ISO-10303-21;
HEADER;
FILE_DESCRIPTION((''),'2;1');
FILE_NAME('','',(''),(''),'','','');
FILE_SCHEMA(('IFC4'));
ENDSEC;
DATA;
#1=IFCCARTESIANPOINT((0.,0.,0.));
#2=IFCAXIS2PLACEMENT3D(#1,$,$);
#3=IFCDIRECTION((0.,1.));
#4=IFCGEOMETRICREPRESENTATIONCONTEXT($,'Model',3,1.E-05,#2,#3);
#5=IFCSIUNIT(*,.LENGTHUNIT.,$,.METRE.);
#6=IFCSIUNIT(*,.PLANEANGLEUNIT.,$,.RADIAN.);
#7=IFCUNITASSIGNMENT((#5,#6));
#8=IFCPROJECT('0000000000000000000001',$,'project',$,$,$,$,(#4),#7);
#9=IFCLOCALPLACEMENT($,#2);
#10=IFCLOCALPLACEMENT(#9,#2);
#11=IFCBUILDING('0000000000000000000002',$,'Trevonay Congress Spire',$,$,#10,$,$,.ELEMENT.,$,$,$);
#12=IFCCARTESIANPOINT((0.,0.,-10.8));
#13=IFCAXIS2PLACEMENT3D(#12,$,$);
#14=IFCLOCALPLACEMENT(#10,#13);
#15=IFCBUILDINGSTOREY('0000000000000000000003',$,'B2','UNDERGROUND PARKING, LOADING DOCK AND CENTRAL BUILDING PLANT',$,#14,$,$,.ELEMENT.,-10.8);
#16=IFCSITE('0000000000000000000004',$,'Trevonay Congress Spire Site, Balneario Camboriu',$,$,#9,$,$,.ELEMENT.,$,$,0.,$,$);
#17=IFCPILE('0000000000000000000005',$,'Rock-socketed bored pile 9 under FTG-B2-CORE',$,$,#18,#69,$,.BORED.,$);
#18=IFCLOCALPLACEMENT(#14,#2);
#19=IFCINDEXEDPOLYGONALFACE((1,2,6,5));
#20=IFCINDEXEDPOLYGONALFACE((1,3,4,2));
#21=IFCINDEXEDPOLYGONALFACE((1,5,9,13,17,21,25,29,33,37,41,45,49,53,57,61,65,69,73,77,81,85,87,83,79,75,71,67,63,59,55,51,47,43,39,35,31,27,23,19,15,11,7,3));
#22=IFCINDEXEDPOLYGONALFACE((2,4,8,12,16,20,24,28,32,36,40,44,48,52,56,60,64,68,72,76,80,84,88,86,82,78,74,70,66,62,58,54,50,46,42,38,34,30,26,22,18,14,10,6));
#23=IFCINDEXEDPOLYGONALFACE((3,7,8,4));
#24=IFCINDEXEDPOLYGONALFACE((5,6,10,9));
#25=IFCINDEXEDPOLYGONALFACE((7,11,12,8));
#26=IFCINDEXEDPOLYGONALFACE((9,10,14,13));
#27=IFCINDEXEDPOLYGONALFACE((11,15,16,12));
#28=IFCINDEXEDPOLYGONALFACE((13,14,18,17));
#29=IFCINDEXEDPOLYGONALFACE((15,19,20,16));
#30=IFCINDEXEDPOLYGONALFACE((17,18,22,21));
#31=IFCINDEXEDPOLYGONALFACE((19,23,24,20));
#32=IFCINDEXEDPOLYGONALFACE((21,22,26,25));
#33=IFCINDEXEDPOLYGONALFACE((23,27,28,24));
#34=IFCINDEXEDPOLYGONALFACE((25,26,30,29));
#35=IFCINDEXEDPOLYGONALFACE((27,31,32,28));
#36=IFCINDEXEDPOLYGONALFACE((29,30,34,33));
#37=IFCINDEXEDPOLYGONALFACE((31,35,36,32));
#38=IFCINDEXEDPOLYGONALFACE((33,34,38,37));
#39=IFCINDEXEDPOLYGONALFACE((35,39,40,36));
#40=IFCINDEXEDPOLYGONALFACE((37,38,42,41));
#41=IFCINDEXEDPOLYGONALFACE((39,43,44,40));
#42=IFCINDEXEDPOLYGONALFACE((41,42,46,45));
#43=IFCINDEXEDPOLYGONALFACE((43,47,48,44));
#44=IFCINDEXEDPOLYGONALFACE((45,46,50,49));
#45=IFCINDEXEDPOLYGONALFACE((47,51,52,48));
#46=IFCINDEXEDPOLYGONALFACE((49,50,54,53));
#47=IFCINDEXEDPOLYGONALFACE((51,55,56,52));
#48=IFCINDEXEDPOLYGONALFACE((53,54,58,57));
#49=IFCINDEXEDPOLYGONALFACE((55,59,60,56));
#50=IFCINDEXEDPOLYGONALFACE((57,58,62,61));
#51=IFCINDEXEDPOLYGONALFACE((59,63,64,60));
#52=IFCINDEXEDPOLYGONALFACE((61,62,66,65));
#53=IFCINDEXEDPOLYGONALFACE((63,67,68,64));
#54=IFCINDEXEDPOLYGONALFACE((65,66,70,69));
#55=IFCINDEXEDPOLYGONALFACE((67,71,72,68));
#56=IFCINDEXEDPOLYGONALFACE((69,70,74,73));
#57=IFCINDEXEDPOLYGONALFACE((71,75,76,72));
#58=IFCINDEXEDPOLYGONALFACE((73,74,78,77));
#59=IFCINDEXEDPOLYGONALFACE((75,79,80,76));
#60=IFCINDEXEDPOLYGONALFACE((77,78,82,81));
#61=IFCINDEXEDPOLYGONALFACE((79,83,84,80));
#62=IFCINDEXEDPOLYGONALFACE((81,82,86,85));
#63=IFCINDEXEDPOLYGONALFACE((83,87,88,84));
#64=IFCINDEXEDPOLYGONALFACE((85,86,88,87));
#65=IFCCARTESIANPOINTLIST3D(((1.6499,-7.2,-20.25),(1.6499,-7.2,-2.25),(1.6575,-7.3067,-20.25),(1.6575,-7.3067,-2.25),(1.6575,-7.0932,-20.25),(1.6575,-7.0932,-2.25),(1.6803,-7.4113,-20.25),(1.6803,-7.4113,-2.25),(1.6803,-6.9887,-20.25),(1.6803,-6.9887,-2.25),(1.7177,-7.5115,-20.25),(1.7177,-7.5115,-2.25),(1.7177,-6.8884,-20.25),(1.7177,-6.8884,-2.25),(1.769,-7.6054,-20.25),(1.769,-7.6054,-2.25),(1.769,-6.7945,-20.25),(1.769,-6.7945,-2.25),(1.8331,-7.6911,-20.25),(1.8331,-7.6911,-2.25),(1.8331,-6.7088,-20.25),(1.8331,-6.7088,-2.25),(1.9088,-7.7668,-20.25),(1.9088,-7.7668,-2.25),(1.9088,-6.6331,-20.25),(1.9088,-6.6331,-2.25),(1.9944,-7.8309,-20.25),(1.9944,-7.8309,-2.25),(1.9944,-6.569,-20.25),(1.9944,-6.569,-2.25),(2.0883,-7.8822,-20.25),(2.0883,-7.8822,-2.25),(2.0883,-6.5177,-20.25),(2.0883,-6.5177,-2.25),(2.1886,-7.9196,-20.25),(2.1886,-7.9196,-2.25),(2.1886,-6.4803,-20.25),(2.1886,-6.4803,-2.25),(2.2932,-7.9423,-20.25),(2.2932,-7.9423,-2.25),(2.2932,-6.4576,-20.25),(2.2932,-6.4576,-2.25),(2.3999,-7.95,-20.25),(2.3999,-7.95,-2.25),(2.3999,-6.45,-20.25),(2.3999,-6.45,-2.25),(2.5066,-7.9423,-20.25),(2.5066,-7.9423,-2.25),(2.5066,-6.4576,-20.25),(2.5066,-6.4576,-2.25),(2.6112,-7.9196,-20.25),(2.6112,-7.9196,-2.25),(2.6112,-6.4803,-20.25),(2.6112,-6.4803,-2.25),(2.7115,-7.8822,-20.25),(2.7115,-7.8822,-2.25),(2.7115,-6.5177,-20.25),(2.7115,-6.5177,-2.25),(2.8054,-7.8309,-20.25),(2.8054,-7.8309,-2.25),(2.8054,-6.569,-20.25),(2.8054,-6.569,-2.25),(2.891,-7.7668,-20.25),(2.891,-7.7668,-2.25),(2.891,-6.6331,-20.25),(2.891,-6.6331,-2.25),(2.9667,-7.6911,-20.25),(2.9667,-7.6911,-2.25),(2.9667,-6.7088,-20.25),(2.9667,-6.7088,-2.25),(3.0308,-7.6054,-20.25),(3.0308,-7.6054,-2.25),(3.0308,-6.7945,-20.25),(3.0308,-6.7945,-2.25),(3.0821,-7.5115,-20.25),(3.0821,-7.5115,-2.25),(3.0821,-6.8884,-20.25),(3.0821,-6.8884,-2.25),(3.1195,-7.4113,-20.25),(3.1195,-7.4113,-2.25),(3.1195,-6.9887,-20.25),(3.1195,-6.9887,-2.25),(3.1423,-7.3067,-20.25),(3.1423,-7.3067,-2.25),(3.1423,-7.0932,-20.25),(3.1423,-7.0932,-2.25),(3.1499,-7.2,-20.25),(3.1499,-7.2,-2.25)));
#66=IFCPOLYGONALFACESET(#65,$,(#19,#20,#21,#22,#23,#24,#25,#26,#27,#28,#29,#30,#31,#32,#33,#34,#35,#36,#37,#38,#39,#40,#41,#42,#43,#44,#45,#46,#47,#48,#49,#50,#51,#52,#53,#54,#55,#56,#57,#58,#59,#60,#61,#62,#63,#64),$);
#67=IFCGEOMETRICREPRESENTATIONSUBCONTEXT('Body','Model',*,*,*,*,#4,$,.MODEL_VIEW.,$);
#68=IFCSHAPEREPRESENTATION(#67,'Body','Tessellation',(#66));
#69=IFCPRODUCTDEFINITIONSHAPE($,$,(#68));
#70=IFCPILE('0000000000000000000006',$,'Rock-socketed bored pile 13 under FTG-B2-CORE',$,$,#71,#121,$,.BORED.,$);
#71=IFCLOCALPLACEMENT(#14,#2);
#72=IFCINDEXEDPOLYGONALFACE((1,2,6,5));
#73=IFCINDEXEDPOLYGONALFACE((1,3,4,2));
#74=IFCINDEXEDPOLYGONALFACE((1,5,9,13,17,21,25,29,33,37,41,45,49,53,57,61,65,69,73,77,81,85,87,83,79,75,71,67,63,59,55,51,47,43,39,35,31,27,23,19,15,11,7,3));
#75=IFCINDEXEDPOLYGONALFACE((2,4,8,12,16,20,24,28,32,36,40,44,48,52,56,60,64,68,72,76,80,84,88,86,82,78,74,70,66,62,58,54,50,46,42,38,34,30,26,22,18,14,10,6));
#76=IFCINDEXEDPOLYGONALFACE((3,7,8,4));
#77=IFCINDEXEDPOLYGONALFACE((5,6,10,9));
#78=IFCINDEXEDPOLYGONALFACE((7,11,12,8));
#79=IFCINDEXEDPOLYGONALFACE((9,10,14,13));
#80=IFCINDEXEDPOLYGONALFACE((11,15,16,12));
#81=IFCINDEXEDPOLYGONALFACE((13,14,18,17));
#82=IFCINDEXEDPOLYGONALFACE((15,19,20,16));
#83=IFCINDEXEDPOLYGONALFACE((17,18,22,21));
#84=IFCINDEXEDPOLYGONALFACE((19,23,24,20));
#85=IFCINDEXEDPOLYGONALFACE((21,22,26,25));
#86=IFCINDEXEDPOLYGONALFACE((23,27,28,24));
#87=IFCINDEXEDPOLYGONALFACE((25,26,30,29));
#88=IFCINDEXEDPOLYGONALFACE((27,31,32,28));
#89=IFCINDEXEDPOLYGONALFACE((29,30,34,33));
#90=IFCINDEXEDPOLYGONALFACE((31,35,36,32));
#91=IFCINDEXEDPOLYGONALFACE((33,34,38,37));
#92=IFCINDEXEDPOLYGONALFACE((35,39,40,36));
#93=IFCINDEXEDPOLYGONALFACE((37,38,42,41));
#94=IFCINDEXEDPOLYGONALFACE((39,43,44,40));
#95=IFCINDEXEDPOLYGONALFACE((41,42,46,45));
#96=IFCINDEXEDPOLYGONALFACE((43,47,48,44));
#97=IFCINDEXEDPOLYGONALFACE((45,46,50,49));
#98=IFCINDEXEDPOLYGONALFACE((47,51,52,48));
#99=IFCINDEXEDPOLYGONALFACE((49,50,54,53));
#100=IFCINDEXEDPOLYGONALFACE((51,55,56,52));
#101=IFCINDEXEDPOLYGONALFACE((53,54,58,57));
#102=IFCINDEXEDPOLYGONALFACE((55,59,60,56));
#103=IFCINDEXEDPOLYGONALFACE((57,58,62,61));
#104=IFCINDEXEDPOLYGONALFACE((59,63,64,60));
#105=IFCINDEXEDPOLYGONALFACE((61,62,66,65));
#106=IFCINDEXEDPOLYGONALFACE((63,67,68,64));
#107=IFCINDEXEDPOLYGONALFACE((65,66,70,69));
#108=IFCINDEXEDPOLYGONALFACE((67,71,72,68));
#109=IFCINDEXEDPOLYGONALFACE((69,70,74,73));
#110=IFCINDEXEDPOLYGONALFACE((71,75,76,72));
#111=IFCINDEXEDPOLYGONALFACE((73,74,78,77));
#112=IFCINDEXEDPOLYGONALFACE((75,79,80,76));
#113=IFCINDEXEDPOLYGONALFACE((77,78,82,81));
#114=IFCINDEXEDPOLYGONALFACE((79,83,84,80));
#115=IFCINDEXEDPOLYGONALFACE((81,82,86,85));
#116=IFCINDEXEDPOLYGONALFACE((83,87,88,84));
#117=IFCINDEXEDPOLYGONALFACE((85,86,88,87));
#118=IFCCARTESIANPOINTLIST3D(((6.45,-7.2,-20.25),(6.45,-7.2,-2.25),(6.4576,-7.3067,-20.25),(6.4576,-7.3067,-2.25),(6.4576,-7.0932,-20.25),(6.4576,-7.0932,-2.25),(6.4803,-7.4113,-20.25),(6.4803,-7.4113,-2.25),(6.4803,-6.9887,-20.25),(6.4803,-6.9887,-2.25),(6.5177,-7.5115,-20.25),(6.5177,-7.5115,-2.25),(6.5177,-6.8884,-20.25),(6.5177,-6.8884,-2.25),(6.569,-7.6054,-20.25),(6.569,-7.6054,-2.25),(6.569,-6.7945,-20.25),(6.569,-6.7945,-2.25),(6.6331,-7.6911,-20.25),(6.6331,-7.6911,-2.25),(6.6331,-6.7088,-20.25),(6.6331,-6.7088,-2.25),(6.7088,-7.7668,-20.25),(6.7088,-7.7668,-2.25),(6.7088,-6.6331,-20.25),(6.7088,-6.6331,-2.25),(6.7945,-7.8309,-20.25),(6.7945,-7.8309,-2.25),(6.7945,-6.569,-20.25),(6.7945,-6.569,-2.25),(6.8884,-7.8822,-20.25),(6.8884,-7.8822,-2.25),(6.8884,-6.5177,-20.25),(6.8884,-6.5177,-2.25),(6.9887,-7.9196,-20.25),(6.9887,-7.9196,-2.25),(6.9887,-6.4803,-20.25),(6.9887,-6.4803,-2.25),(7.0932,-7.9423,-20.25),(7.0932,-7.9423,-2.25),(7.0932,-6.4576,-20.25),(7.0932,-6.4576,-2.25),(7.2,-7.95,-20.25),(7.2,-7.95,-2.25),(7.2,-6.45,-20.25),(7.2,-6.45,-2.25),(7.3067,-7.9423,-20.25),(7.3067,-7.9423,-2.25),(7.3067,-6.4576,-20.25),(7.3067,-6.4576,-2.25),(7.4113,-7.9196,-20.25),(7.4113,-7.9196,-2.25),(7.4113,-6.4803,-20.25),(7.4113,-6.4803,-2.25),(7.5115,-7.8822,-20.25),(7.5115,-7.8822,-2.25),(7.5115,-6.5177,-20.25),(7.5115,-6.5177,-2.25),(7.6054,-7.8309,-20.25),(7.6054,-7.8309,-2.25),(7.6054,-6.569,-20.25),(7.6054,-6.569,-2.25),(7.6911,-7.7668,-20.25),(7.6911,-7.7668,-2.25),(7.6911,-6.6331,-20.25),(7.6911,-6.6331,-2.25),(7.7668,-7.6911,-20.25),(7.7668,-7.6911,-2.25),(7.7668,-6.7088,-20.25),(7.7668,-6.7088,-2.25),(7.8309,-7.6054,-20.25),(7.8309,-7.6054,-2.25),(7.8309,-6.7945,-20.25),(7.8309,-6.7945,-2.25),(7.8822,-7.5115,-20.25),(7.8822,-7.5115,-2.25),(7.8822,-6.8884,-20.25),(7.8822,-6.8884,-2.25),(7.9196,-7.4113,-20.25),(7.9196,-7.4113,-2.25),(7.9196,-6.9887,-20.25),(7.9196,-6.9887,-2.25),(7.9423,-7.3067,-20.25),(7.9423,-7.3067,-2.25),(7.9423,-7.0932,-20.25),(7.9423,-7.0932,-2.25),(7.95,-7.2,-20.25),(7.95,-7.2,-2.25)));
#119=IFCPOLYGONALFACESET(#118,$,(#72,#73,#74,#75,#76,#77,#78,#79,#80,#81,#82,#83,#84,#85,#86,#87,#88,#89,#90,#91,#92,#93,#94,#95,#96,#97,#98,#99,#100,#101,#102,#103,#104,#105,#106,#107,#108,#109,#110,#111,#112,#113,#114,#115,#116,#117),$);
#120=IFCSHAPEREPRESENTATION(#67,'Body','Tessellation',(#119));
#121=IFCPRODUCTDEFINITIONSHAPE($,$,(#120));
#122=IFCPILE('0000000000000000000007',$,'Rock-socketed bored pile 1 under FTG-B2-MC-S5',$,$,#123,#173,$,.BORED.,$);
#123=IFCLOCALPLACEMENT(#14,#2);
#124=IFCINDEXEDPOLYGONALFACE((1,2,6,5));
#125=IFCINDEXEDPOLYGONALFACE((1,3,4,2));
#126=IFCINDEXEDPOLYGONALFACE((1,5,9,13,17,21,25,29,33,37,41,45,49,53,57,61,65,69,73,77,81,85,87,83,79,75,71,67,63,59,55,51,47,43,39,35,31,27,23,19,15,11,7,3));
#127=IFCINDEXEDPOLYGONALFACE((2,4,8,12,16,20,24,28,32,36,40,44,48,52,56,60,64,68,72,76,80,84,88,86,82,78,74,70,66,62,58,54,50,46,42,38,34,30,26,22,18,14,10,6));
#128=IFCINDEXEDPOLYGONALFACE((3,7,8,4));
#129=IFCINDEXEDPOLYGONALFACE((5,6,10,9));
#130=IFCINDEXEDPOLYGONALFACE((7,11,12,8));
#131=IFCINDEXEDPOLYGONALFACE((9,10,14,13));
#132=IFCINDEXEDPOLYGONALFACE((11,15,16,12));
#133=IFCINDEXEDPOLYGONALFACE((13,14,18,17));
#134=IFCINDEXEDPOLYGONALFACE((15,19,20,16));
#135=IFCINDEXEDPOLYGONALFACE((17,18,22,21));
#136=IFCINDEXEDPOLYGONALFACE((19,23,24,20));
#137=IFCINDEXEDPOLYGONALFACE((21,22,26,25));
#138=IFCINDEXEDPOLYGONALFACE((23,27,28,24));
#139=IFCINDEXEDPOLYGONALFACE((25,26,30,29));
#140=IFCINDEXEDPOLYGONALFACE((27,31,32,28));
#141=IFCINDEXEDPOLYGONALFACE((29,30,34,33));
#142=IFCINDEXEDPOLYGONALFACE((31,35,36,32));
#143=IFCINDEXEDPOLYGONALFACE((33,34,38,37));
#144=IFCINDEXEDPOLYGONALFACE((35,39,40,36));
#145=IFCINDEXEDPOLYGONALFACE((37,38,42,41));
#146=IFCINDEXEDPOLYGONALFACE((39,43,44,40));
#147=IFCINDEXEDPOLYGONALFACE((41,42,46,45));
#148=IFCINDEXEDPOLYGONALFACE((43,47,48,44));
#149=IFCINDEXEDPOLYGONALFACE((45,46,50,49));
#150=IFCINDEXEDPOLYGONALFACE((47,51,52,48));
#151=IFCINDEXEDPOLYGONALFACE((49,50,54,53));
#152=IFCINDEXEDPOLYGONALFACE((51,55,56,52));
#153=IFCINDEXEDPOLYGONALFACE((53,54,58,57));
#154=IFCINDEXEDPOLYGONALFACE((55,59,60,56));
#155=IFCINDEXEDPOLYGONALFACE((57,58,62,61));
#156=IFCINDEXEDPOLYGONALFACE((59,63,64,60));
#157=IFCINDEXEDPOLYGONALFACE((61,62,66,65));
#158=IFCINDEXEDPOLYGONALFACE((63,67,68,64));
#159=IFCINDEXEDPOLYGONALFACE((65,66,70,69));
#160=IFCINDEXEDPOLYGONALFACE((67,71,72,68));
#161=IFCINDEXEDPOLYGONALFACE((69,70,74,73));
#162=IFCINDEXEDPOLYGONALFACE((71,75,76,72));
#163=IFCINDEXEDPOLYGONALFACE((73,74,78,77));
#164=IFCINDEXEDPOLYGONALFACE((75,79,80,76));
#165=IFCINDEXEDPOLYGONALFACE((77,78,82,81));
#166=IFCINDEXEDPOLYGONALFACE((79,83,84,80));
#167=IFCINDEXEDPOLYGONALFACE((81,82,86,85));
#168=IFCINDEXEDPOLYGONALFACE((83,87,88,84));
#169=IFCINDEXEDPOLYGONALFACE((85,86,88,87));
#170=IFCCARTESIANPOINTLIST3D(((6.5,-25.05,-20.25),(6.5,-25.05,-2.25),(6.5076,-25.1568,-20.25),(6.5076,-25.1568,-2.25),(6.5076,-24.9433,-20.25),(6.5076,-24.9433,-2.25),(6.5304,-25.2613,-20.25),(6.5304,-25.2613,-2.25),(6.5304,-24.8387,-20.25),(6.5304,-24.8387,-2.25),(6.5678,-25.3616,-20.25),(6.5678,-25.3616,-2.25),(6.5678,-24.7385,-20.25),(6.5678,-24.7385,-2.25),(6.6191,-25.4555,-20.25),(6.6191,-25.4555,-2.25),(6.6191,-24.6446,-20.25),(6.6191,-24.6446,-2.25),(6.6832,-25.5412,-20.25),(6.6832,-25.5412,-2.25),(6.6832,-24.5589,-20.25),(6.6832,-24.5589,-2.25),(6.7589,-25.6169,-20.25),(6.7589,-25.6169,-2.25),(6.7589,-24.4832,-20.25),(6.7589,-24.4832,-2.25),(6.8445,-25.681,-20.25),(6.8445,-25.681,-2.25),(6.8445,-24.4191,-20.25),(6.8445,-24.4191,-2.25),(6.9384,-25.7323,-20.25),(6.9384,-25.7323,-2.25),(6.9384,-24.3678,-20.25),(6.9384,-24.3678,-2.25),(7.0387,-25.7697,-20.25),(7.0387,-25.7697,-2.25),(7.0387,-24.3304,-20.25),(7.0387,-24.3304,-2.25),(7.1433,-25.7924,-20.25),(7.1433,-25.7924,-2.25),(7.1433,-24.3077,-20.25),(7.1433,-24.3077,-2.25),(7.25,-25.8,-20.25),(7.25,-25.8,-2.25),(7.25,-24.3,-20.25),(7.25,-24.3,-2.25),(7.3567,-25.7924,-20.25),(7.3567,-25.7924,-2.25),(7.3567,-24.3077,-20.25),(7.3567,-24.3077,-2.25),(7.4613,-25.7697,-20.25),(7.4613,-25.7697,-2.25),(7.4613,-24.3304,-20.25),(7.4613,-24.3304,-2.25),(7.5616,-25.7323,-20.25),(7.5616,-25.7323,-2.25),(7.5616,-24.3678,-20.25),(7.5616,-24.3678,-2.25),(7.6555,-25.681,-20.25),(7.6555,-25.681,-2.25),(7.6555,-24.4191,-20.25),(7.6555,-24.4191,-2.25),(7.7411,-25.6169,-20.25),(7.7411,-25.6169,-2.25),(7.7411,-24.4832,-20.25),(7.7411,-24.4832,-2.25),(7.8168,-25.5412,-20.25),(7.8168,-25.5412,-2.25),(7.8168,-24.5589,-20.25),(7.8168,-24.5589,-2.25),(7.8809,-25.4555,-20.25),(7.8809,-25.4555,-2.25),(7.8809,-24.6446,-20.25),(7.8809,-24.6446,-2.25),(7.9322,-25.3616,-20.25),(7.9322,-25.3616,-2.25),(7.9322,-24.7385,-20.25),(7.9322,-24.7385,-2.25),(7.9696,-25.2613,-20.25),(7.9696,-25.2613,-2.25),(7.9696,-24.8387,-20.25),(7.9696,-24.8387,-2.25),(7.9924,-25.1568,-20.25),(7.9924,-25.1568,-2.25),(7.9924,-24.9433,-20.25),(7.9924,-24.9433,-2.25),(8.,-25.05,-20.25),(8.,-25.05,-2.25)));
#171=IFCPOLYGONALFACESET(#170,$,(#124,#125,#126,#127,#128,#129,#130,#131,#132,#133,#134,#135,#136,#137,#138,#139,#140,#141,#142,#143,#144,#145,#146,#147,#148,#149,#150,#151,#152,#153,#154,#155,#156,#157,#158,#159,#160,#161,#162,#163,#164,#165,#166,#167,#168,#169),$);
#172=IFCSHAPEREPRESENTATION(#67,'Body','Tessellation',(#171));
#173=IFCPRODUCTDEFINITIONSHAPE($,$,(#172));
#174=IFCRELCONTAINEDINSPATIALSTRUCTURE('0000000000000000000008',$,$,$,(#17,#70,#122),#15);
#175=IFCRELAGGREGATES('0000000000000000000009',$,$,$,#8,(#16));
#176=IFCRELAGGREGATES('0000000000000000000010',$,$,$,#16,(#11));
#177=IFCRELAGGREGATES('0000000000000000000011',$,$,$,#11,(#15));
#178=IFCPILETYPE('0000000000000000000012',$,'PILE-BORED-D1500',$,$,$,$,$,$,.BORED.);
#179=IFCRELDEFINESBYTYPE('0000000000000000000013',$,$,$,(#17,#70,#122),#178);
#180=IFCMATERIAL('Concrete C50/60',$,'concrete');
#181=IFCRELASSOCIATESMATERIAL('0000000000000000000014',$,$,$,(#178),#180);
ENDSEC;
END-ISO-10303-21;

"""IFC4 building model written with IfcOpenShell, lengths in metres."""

from ifc_helpers import new_model, si_unit, direction, frame, origin, origin_2d, place, context, subcontext, project, spatial, circle, extrude, material, material_profile, profile_set, type_object, element, save


model = new_model("IFC4")

# Units and contexts
model_context = context("Model", 3, precision=1e-05, world=origin(), true_north=direction((0.0, 1.0)))
body_context = subcontext(model_context, "Body", "Model", "MODEL_VIEW")
ifc_project = project(units=[si_unit("LENGTHUNIT", "METRE"), si_unit("PLANEANGLEUNIT", "RADIAN")], contexts=[model_context])

# Site, building, storey
site_placement = place(None, origin())
site = spatial("IfcSite", under=ifc_project, at=site_placement, Name="Trevonay Congress Spire Site, Balneario Camboriu", CompositionType="ELEMENT", RefElevation=0.0)
building_placement = place(site_placement, origin())
building = spatial("IfcBuilding", under=site, at=building_placement, Name="Trevonay Congress Spire", CompositionType="ELEMENT")
storey_placement = place(building_placement, frame((0.0, 0.0, -10.8)))
storey = spatial("IfcBuildingStorey", under=building, at=storey_placement, Name="B2", Description="UNDERGROUND PARKING, LOADING DOCK AND CENTRAL BUILDING PLANT", CompositionType="ELEMENT", Elevation=-10.8)

# Shared definitions
ifc_material_1 = material(Name="Concrete C50/60", Category="concrete")

# Piles
ifc_material_profile_1 = material_profile(ifc_material_1, circle(Radius=0.75, at=origin_2d()), Name="PILE D1500")
ifc_profile_set_1 = profile_set([ifc_material_profile_1], Name="Concrete C50/60")
pile_type_1 = type_object("IfcPileType", Name="PILE-BORED-D1500", PredefinedType="BORED", material=ifc_profile_set_1)
for number, where, z_axis, x_axis, name in (
    (1, (2.3999, -7.2, -2.25), (0.0, 0.0, -1.0), (1.0, 0.0, 0.0), "Rock-socketed bored pile 9 under FTG-B2-CORE"),
    (2, (7.2, -7.2, -2.25), (0.0, 0.0, -1.0), (1.0, 0.0, 0.0), "Rock-socketed bored pile 13 under FTG-B2-CORE"),
    (3, (7.25, -25.05, -2.25), (0.0, 0.0, -1.0), (1.0, 0.0, 0.0), "Rock-socketed bored pile 1 under FTG-B2-MC-S5"),
):
    element("IfcPile", number, at=place(storey_placement, frame(where, z_axis=z_axis, x_axis=x_axis)), inside=storey, type_object=pile_type_1, Name=name, PredefinedType="BORED", context=body_context, shape_type="SweptSolid", body=[
        extrude(circle(Radius=0.75, at=origin_2d()), origin(), (0.0, 0.0, 1.0), 18.0),
    ])

save(model, "model.ifc")
